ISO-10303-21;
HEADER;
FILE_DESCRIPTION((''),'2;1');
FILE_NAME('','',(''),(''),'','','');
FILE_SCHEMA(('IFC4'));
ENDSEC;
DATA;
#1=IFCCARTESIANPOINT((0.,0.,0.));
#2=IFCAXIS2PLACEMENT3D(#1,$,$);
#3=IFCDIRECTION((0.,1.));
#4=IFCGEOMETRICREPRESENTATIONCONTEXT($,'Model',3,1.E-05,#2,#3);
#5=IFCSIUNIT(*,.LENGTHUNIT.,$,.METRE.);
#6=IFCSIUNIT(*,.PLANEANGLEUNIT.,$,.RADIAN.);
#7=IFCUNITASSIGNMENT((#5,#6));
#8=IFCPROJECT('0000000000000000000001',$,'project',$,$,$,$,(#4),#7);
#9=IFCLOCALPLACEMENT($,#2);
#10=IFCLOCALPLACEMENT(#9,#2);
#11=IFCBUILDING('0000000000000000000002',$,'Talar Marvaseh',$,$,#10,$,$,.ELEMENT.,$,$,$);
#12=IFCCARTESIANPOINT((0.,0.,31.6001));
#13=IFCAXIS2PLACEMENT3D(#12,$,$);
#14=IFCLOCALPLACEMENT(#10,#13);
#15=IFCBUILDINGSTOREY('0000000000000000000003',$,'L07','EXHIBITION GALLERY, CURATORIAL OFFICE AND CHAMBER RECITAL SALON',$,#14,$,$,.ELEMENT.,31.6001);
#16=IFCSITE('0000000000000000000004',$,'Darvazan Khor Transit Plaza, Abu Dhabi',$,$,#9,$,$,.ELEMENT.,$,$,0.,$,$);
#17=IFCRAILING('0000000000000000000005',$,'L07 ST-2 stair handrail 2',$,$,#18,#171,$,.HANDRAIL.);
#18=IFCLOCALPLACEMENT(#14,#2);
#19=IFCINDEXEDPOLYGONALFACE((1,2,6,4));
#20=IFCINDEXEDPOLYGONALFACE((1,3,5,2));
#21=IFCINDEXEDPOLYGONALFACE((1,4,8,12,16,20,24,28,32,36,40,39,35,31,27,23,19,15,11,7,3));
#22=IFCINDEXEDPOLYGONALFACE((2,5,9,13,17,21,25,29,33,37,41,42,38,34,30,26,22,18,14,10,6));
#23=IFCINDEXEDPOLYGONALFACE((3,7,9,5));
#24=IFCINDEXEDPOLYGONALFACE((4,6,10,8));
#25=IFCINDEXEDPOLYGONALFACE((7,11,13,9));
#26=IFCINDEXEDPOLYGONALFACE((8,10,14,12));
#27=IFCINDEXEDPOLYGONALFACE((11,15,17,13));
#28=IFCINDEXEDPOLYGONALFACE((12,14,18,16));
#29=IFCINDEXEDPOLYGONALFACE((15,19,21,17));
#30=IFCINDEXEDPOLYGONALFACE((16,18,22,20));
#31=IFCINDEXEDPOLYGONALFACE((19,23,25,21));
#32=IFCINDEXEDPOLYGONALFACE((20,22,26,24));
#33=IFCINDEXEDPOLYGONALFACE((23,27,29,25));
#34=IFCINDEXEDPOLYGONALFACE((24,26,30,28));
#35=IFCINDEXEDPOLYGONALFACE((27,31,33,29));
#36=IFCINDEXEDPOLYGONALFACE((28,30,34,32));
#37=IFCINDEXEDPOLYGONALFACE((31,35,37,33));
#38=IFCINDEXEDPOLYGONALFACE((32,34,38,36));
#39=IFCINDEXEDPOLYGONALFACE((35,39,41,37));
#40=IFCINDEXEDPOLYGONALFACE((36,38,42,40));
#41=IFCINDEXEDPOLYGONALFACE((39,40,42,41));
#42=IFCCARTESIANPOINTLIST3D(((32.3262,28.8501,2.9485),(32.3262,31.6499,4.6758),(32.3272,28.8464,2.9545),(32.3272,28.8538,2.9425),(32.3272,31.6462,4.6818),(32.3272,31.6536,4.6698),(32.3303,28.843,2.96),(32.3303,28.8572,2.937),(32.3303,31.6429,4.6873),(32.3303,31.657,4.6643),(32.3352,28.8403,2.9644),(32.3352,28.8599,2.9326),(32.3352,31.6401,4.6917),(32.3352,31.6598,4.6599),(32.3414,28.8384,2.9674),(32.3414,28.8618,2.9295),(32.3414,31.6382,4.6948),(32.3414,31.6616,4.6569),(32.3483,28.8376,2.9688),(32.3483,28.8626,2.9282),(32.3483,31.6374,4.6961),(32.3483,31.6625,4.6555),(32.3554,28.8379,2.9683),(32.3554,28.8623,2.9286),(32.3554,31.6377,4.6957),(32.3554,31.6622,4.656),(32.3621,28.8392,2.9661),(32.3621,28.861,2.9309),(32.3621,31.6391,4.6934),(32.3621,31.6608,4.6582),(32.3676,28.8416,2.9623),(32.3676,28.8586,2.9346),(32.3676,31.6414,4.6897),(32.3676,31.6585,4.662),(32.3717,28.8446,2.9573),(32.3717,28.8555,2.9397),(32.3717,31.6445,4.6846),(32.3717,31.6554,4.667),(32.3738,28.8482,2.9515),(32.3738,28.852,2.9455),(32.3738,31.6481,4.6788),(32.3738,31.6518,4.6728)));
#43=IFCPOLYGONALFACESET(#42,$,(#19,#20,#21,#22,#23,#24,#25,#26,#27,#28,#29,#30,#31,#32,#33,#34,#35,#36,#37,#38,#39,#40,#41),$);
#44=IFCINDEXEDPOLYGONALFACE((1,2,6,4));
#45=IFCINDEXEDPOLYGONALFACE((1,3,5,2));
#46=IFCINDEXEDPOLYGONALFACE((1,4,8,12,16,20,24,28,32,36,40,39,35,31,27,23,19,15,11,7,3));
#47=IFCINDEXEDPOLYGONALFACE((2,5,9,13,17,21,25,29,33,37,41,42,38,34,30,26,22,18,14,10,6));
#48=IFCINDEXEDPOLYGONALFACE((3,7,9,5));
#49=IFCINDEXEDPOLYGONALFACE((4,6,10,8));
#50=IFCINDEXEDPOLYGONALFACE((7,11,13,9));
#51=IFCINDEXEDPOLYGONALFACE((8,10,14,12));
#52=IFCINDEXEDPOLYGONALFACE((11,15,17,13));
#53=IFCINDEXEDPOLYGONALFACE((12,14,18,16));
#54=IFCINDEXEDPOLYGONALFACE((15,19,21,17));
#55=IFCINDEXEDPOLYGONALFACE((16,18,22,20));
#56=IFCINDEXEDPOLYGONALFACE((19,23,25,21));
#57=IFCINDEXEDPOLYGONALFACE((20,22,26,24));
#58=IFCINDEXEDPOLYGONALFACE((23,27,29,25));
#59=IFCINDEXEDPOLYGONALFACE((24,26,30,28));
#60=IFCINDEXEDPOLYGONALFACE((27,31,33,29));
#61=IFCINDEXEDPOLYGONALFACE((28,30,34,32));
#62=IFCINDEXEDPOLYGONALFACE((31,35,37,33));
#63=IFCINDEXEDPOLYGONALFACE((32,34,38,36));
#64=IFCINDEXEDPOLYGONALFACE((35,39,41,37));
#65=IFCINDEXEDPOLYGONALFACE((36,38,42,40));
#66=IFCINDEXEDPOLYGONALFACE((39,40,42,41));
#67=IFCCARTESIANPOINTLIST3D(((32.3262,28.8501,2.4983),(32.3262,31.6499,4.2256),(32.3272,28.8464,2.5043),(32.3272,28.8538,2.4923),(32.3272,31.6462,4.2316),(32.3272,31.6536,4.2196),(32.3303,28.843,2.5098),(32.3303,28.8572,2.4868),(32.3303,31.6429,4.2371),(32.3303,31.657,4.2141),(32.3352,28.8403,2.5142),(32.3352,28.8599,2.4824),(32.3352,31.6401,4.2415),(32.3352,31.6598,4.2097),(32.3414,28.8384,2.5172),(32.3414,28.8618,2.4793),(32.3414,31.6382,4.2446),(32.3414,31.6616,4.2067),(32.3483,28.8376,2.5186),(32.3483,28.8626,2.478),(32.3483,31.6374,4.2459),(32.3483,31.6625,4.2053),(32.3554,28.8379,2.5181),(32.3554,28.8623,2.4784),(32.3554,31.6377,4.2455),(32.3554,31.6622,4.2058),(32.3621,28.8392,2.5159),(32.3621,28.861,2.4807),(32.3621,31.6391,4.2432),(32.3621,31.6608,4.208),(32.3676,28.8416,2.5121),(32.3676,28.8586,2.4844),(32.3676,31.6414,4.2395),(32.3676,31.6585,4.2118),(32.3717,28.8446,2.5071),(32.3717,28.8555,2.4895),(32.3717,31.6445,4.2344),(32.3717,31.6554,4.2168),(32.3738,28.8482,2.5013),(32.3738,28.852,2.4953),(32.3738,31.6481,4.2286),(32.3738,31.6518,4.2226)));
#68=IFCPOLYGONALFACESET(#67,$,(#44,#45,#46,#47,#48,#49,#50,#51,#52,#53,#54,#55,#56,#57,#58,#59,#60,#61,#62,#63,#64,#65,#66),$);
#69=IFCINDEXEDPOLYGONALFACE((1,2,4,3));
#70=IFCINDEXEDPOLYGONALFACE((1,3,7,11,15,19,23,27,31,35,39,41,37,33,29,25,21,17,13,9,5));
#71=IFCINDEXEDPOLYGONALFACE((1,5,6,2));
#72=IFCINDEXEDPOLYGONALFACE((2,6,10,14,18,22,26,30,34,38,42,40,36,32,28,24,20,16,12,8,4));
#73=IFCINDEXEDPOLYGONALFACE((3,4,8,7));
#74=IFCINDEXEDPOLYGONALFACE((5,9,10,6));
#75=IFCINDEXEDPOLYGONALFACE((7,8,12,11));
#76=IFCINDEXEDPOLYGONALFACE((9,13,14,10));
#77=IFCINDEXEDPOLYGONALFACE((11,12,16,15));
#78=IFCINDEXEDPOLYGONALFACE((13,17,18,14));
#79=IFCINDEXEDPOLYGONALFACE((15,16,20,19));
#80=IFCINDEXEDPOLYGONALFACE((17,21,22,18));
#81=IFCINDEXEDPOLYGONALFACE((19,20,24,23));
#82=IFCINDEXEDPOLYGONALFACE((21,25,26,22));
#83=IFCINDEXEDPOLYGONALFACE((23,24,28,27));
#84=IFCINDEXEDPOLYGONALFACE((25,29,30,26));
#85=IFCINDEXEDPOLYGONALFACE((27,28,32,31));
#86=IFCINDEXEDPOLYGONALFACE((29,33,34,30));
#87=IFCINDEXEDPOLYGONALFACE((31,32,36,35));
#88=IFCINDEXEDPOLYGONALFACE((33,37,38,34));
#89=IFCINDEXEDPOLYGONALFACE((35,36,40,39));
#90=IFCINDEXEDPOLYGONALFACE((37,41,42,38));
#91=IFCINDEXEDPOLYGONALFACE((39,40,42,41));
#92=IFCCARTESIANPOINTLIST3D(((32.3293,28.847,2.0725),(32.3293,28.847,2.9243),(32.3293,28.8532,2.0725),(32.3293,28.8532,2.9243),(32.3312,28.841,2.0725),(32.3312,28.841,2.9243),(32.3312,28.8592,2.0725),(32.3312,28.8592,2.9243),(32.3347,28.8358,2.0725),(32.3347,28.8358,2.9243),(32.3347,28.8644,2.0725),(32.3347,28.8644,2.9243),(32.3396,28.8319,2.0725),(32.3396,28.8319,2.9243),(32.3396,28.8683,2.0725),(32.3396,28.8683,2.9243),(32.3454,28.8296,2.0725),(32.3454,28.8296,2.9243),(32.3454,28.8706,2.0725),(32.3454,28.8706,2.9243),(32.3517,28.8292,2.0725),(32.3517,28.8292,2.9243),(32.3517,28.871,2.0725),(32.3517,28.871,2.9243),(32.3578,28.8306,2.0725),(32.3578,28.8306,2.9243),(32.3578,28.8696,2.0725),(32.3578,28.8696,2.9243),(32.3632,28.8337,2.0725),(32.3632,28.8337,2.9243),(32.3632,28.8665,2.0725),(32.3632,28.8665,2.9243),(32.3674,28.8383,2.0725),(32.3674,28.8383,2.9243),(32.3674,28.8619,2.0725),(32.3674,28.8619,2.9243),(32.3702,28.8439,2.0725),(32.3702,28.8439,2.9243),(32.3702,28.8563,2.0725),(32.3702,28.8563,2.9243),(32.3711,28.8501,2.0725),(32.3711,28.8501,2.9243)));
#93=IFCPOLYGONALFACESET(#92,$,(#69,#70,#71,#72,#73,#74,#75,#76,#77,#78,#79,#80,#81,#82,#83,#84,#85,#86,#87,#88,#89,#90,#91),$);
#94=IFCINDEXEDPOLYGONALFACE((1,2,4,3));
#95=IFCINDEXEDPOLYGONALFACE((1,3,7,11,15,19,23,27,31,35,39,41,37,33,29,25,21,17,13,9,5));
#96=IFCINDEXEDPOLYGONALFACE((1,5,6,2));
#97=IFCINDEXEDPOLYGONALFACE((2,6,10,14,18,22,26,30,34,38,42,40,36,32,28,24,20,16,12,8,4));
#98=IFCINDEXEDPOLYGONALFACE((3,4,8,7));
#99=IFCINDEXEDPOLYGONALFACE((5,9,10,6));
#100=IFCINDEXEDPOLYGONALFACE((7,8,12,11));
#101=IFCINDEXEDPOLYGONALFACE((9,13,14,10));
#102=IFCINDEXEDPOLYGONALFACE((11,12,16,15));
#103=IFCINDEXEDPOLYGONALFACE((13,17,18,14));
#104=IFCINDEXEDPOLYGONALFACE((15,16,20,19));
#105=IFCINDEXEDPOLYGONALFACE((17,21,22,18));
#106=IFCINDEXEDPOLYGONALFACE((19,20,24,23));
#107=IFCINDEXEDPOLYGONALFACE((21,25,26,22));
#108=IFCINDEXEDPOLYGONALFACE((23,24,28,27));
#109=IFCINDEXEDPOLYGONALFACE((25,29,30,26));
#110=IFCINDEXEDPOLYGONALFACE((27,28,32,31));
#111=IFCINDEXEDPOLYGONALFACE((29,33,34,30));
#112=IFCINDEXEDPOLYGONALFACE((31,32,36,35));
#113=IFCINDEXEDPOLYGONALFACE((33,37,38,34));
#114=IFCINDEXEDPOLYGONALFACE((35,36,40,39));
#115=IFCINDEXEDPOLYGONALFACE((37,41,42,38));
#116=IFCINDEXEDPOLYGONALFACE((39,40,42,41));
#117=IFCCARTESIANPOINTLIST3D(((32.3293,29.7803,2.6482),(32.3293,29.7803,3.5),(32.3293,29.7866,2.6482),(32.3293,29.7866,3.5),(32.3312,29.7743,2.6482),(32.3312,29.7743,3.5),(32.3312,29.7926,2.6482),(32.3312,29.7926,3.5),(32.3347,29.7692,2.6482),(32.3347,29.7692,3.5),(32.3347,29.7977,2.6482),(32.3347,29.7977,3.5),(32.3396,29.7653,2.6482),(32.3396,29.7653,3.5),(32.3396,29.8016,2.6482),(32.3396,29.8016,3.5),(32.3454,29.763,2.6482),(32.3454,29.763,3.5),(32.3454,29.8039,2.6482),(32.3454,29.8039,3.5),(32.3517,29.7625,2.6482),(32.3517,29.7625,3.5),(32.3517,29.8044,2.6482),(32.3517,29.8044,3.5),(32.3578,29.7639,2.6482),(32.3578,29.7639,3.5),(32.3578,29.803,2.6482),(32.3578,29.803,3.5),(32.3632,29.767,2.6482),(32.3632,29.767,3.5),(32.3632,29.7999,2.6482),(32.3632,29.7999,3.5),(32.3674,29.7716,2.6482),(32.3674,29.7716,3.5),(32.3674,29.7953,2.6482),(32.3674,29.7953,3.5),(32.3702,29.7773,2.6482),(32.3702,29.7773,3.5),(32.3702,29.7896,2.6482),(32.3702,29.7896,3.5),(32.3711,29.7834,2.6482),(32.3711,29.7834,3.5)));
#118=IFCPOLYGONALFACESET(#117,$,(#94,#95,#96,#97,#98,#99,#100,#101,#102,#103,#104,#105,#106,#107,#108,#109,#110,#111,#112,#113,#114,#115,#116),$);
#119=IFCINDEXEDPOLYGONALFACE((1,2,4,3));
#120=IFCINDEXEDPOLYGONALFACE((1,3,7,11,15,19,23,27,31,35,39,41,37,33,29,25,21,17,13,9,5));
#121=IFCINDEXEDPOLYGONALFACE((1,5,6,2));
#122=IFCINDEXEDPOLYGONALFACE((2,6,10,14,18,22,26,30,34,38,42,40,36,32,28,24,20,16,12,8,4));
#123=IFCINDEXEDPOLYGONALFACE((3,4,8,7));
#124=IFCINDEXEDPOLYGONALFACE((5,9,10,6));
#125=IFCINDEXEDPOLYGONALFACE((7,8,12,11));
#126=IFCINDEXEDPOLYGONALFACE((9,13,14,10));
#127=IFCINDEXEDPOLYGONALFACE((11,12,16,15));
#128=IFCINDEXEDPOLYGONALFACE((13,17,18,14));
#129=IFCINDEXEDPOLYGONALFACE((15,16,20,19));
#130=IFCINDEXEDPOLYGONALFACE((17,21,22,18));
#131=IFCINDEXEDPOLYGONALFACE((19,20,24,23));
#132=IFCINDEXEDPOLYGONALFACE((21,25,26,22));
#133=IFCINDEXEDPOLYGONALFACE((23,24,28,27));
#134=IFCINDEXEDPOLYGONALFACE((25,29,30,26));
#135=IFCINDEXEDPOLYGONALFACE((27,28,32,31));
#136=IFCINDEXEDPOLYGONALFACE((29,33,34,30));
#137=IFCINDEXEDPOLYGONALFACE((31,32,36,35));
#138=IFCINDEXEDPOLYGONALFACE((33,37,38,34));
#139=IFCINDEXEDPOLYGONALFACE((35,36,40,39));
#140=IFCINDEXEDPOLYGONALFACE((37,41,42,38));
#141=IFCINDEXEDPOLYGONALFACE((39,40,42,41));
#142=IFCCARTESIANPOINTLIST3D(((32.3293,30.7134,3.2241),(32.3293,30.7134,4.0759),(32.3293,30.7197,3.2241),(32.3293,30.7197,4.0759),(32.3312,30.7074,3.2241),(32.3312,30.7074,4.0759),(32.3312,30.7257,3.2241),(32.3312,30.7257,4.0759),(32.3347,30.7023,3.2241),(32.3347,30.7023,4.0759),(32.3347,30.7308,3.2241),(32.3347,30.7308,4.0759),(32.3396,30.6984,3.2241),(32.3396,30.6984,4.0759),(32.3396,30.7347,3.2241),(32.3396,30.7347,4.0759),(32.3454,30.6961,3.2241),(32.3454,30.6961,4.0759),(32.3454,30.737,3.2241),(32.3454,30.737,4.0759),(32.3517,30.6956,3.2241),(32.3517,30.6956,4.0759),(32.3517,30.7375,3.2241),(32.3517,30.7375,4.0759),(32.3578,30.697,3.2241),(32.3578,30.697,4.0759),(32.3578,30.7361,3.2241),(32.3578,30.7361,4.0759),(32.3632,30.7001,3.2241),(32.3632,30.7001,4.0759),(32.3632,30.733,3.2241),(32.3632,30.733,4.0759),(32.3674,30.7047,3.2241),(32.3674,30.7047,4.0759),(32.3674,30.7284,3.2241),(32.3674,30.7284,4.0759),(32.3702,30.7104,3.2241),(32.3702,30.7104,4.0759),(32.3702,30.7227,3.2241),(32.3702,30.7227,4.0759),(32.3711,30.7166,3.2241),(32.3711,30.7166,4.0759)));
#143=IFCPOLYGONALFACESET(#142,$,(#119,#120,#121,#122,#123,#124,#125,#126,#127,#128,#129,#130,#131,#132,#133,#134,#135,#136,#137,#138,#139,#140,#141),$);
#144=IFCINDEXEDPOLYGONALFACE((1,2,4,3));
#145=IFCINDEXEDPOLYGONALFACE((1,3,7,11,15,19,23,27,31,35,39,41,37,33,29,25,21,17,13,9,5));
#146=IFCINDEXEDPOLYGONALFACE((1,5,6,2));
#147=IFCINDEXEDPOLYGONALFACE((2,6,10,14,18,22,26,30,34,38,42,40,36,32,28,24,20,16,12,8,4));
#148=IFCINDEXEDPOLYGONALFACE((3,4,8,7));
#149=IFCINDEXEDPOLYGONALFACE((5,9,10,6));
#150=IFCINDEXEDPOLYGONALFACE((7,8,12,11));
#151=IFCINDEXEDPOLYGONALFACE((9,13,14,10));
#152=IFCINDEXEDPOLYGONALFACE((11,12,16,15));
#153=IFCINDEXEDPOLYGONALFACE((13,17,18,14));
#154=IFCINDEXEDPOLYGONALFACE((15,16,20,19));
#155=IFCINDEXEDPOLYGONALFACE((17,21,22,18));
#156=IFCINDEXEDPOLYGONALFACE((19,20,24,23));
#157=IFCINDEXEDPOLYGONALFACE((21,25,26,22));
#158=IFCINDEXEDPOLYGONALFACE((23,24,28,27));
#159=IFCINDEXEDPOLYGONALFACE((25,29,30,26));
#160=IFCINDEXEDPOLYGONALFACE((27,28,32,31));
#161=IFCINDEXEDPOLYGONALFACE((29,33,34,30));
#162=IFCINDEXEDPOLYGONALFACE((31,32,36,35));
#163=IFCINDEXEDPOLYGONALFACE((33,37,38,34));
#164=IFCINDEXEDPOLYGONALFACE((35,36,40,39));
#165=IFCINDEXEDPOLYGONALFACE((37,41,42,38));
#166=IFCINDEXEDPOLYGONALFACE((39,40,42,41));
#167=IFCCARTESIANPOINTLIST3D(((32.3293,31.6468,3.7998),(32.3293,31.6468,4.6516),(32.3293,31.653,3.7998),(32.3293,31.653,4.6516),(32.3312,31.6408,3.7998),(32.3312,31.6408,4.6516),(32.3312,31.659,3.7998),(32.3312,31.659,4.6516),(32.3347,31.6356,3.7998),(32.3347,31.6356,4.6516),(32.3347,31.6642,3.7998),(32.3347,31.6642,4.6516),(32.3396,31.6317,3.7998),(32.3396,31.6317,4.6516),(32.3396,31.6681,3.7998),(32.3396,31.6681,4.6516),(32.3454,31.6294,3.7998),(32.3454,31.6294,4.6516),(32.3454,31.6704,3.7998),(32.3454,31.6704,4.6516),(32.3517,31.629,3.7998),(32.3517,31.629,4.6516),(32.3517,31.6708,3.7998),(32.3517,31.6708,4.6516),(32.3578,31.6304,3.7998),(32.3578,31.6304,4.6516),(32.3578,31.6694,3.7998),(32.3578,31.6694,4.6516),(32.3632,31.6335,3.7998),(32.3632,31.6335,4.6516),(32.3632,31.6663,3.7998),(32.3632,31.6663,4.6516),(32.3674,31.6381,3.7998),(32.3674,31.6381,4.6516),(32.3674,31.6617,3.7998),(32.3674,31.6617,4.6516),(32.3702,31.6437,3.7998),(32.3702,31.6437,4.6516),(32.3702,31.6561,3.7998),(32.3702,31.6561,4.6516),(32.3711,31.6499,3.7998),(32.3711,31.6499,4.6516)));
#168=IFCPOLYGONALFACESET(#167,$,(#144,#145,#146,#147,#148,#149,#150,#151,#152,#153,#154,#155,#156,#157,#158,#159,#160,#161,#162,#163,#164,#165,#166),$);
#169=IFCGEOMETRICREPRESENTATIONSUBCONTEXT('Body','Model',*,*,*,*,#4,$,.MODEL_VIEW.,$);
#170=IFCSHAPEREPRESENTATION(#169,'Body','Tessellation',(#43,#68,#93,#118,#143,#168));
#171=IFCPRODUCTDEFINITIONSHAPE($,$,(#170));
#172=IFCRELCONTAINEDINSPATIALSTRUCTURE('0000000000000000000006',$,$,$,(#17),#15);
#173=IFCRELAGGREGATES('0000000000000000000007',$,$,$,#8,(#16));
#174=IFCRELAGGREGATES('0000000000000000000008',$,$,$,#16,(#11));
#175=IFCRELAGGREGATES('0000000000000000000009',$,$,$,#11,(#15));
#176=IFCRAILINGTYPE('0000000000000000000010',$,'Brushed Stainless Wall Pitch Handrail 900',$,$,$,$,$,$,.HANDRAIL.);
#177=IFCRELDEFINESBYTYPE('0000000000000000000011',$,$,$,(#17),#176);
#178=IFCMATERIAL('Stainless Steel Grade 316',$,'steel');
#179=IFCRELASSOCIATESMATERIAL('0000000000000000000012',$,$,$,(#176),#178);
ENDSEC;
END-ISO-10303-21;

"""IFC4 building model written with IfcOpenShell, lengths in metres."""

from ifc_helpers import new_model, si_unit, direction, frame, origin, origin_2d, place, context, subcontext, project, spatial, circle, extrude, material, type_object, element, save


model = new_model("IFC4")

# Units and contexts
model_context = context("Model", 3, precision=1e-05, world=origin(), true_north=direction((0.0, 1.0)))
body_context = subcontext(model_context, "Body", "Model", "MODEL_VIEW")
ifc_project = project(units=[si_unit("LENGTHUNIT", "METRE"), si_unit("PLANEANGLEUNIT", "RADIAN")], contexts=[model_context])

# Site, building, storey
site_placement = place(None, origin())
site = spatial("IfcSite", under=ifc_project, at=site_placement, Name="Darvazan Khor Transit Plaza, Abu Dhabi", CompositionType="ELEMENT", RefElevation=0.0)
building_placement = place(site_placement, origin())
building = spatial("IfcBuilding", under=site, at=building_placement, Name="Talar Marvaseh", CompositionType="ELEMENT")
storey_placement = place(building_placement, frame((0.0, 0.0, 31.6001)))
storey = spatial("IfcBuildingStorey", under=building, at=storey_placement, Name="L07", Description="EXHIBITION GALLERY, CURATORIAL OFFICE AND CHAMBER RECITAL SALON", CompositionType="ELEMENT", Elevation=31.6001)

# Railing
ifc_material_1 = material(Name="Stainless Steel Grade 316", Category="steel")
railing_type_1 = type_object("IfcRailingType", Name="Brushed Stainless Wall Pitch Handrail 900", PredefinedType="HANDRAIL", material=ifc_material_1)
railing_1_placement = place(storey_placement, frame((32.3501, 28.8501, 2.0725)))
element("IfcRailing", 1, at=railing_1_placement, inside=storey, type_object=railing_type_1, Name="L07 ST-2 stair handrail 2", PredefinedType="HANDRAIL", context=body_context, shape_type="SweptSolid", body=[
    extrude(circle(Radius=0.0239, at=origin_2d()), frame((0.0, 0.0, 0.876), z_axis=(0.0, 0.851069, 0.525054), x_axis=(-1.0, 0.0, 0.0)), (0.0, 0.0, 1.0), 3.2898),
    extrude(circle(Radius=0.0239, at=origin_2d()), frame((0.0, 0.0, 0.4258), z_axis=(0.0, 0.851069, 0.525054), x_axis=(-1.0, 0.0, 0.0)), (0.0, 0.0, 1.0), 3.2898),
    extrude(circle(Radius=0.021, at=origin_2d()), origin(), (0.0, 0.0, 1.0), 0.8518),
    extrude(circle(Radius=0.021, at=origin_2d()), frame((0.0, 0.9333, 0.5757)), (0.0, 0.0, 1.0), 0.8518),
    extrude(circle(Radius=0.021, at=origin_2d()), frame((0.0, 1.8665, 1.1516)), (0.0, 0.0, 1.0), 0.8518),
    extrude(circle(Radius=0.021, at=origin_2d()), frame((0.0, 2.7998, 1.7273)), (0.0, 0.0, 1.0), 0.8518),
])

save(model, "model.ifc")
